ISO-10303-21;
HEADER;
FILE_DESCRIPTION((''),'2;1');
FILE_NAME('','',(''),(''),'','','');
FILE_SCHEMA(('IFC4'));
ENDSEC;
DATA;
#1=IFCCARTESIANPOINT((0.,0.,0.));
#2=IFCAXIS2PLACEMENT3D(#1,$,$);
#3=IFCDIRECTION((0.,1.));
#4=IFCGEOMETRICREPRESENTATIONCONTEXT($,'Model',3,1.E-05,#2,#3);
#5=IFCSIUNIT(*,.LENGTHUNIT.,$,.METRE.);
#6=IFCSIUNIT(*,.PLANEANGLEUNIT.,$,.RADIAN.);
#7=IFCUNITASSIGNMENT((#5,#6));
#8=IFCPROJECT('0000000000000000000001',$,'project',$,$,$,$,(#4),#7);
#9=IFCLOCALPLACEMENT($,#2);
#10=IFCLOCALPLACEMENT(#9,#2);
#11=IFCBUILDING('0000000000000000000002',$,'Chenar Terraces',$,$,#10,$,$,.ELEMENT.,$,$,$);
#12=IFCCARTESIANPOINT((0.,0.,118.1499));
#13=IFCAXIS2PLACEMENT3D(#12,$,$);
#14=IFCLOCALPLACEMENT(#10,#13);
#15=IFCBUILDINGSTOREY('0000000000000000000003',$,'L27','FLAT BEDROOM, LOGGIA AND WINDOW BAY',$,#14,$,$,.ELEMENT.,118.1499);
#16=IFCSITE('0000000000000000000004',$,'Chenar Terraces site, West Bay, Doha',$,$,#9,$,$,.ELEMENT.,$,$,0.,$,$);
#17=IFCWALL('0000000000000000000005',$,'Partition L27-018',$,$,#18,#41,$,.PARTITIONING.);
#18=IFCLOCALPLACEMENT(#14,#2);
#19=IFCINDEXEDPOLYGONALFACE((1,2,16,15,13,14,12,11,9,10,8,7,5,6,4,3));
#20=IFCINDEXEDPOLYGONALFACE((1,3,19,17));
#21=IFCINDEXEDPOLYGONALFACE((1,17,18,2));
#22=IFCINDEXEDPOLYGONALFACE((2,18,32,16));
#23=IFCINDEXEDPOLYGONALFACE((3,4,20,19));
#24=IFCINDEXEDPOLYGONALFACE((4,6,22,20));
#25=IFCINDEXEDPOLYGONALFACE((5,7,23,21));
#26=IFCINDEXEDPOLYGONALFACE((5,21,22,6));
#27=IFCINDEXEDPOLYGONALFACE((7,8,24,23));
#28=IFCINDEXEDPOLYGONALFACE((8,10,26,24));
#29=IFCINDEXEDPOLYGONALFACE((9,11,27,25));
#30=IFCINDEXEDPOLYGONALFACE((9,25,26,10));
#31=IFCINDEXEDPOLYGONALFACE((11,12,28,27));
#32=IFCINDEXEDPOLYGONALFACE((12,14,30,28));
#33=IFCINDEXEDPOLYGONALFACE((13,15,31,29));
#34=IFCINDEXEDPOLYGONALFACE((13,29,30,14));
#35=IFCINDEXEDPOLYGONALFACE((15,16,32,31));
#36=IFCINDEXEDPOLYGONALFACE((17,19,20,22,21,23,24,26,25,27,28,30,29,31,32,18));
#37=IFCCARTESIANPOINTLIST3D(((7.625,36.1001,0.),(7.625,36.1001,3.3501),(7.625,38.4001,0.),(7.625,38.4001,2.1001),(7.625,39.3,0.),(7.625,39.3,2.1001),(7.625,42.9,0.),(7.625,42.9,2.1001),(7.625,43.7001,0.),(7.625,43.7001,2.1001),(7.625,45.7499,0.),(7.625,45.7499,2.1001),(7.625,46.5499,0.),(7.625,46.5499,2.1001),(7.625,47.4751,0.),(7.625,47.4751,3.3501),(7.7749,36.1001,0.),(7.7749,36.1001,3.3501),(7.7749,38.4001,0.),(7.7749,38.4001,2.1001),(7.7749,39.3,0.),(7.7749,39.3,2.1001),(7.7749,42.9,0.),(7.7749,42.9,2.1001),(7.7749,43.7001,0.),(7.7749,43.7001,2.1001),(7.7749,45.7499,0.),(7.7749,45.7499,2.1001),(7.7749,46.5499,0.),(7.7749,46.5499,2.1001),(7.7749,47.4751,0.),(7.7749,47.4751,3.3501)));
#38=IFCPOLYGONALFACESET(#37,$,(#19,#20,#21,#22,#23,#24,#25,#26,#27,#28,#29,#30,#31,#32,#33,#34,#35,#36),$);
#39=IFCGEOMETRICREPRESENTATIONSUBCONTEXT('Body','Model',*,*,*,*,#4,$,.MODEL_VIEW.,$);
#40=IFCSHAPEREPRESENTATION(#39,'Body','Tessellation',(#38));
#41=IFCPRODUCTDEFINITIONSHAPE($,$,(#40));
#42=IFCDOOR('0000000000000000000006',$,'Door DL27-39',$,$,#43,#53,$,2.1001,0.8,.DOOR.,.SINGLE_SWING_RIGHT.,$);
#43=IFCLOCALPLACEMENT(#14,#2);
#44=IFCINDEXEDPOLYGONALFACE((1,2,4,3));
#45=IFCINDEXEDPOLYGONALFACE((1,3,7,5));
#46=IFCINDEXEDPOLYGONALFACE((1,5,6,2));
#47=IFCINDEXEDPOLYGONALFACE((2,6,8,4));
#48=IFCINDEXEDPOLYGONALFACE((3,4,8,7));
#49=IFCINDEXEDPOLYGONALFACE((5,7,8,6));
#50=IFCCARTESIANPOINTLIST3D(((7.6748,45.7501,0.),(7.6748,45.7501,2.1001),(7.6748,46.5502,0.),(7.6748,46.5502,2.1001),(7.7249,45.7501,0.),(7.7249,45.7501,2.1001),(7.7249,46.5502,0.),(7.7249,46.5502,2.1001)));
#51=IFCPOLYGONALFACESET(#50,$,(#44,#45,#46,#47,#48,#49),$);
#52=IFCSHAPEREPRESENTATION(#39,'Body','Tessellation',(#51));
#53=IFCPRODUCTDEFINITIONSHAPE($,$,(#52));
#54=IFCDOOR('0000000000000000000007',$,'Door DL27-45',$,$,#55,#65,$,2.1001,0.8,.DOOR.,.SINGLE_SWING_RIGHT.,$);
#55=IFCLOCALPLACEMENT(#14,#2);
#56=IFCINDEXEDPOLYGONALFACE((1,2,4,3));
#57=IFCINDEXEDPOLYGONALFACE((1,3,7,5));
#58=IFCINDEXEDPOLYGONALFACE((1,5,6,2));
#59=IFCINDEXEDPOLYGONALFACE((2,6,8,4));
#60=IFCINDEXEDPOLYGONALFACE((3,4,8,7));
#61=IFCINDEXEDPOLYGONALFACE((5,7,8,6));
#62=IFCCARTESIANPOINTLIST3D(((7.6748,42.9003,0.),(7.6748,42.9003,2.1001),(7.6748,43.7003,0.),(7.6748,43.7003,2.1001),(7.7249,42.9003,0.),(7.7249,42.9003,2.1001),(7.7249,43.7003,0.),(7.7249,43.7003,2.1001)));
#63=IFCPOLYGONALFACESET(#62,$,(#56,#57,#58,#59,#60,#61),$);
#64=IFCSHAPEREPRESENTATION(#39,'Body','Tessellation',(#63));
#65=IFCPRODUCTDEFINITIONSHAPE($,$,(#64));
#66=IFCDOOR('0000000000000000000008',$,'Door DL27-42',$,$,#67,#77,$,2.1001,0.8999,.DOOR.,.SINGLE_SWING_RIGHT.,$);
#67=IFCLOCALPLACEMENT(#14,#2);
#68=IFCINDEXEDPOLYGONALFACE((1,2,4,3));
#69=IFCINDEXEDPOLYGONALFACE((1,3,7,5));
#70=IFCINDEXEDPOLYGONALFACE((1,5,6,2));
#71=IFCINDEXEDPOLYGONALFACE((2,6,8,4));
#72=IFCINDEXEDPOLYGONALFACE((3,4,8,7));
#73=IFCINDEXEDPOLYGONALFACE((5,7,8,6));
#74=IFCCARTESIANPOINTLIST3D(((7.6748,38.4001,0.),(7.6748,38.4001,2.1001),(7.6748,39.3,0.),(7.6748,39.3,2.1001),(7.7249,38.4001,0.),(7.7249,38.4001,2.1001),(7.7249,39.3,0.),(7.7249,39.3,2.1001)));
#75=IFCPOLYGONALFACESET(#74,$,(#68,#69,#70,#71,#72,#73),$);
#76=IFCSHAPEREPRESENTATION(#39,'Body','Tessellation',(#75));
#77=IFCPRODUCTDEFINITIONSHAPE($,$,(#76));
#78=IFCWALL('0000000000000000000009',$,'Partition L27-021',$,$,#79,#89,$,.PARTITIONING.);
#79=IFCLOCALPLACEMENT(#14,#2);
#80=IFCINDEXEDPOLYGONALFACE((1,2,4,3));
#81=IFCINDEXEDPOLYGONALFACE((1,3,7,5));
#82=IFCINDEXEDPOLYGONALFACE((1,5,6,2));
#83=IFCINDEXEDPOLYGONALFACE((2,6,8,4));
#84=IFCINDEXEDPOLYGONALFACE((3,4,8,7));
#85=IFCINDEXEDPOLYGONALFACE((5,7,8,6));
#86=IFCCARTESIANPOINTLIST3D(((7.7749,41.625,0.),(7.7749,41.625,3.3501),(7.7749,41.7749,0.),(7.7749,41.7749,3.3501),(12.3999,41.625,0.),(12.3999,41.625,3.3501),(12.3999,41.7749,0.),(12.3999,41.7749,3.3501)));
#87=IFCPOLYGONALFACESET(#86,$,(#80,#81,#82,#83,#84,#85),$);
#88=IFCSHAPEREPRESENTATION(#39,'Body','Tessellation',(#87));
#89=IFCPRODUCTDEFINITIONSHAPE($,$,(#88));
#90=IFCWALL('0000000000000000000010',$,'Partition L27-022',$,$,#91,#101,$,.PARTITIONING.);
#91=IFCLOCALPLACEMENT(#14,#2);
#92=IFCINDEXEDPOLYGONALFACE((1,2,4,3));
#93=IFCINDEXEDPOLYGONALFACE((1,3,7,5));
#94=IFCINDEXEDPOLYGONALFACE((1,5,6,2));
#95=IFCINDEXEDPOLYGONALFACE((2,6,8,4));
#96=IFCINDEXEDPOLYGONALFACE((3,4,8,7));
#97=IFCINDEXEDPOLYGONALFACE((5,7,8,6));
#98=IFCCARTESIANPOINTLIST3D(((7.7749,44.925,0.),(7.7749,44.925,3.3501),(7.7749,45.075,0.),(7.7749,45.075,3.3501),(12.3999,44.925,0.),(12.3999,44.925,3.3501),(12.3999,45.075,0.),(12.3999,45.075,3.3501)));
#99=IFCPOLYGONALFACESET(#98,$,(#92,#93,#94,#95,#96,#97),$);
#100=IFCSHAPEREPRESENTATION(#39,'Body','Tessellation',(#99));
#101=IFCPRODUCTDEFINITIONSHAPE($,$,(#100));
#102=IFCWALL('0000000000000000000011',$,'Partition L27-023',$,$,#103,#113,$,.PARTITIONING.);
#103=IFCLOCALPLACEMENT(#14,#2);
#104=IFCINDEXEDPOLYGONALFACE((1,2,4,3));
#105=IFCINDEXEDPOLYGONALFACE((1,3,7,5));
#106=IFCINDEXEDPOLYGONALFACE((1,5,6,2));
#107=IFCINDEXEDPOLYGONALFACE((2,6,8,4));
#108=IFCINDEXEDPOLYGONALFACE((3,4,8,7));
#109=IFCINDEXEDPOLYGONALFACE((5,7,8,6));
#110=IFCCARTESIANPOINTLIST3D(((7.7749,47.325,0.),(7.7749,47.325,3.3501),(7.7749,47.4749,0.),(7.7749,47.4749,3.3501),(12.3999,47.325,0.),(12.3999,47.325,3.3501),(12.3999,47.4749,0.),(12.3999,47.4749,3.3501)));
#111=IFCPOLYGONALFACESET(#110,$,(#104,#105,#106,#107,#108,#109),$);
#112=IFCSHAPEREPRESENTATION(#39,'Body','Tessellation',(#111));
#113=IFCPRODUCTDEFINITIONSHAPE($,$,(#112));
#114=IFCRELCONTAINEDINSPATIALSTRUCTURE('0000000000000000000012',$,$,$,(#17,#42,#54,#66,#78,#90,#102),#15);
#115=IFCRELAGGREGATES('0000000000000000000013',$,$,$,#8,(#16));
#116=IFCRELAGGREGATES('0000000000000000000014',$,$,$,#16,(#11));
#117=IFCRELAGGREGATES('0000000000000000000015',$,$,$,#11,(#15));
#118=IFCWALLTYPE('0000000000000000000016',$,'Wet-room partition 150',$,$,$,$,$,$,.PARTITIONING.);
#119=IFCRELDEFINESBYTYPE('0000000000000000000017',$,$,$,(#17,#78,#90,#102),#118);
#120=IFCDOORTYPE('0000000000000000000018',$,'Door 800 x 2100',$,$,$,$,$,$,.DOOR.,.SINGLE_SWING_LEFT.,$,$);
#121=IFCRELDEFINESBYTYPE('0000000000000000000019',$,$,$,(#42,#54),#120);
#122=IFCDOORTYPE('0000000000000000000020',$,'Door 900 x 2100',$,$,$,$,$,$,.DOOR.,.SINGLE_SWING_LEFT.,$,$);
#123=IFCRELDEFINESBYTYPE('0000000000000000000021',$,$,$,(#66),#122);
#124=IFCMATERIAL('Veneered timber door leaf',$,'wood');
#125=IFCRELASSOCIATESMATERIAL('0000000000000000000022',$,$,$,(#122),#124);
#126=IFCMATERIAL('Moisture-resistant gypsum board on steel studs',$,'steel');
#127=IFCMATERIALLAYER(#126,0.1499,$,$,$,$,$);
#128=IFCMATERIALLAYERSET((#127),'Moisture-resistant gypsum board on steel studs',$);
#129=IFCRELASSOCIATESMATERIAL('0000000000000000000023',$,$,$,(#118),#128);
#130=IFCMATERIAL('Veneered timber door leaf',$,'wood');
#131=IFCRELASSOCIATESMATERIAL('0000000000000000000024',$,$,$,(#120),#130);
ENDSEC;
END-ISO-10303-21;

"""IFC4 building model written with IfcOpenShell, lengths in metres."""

from ifc_helpers import new_model, si_unit, direction, frame, frame_2d, origin, place, context, subcontext, project, spatial, rectangle, extrude, material, layer, layer_set, type_object, element, fill, save


model = new_model("IFC4")

# Units and contexts
model_context = context("Model", 3, precision=1e-05, world=origin(), true_north=direction((0.0, 1.0)))
body_context = subcontext(model_context, "Body", "Model", "MODEL_VIEW")
ifc_project = project(units=[si_unit("LENGTHUNIT", "METRE"), si_unit("PLANEANGLEUNIT", "RADIAN")], contexts=[model_context])

# Site, building, storey
site_placement = place(None, origin())
site = spatial("IfcSite", under=ifc_project, at=site_placement, Name="Chenar Terraces site, West Bay, Doha", CompositionType="ELEMENT", RefElevation=0.0)
building_placement = place(site_placement, origin())
building = spatial("IfcBuilding", under=site, at=building_placement, Name="Chenar Terraces", CompositionType="ELEMENT")
storey_placement = place(building_placement, frame((0.0, 0.0, 118.1499)))
storey = spatial("IfcBuildingStorey", under=building, at=storey_placement, Name="L27", Description="FLAT BEDROOM, LOGGIA AND WINDOW BAY", CompositionType="ELEMENT", Elevation=118.1499)

# Wall, openings, doors
ifc_material_1 = material(Name="Veneered timber door leaf", Category="wood")
door_type_1 = type_object("IfcDoorType", Name="Door 900 x 2100", OperationType="SINGLE_SWING_LEFT", PredefinedType="DOOR", material=ifc_material_1)
ifc_material_2 = material(Name="Moisture-resistant gypsum board on steel studs", Category="steel")
ifc_layer_1 = layer(ifc_material_2, 0.1499)
ifc_layer_set_1 = layer_set([ifc_layer_1], Name="Moisture-resistant gypsum board on steel studs")
wall_type_1 = type_object("IfcWallType", Name="Wet-room partition 150", PredefinedType="PARTITIONING", material=ifc_layer_set_1)
wall_1_placement = place(storey_placement, frame((7.7, 36.1001, 0.0), z_axis=(0.0, 0.0, 1.0), x_axis=(0.0, 1.0, 0.0)))
wall_1 = element("IfcWall", 1, at=wall_1_placement, inside=storey, type_object=wall_type_1, Name="Partition L27-018", PredefinedType="PARTITIONING", context=body_context, shape_type="SweptSolid", body=[
    extrude(rectangle(XDim=11.375, YDim=0.1499, at=frame_2d((5.6875, 0.0))), origin(), (0.0, 0.0, 1.0), 3.3501),
])
opening_1_placement = place(wall_1_placement, frame((9.6499, 0.0, 0.0)))
opening_1 = element("IfcOpeningElement", 2, at=opening_1_placement, cuts=wall_1, PredefinedType="OPENING", context=body_context, shape_type="SweptSolid", body=[
    extrude(rectangle(XDim=0.8, YDim=2.1001, at=frame_2d((0.3999, 1.05))), frame((0.0, 0.085, 0.0), z_axis=(0.0, -1.0, 0.0), x_axis=(1.0, 0.0, 0.0)), (0.0, 0.0, 1.0), 0.1699),
])
opening_2_placement = place(wall_1_placement, frame((2.3, 0.0, 0.0)))
opening_2 = element("IfcOpeningElement", 3, at=opening_2_placement, cuts=wall_1, PredefinedType="OPENING", context=body_context, shape_type="SweptSolid", body=[
    extrude(rectangle(XDim=0.8999, YDim=2.1001, at=frame_2d((0.45, 1.05))), frame((0.0, 0.085, 0.0), z_axis=(0.0, -1.0, 0.0), x_axis=(1.0, 0.0, 0.0)), (0.0, 0.0, 1.0), 0.1699),
])
opening_3_placement = place(wall_1_placement, frame((6.8, 0.0, 0.0)))
opening_3 = element("IfcOpeningElement", 4, at=opening_3_placement, cuts=wall_1, PredefinedType="OPENING", context=body_context, shape_type="SweptSolid", body=[
    extrude(rectangle(XDim=0.8, YDim=2.1001, at=frame_2d((0.3999, 1.05))), frame((0.0, 0.085, 0.0), z_axis=(0.0, -1.0, 0.0), x_axis=(1.0, 0.0, 0.0)), (0.0, 0.0, 1.0), 0.1699),
])
ifc_material_3 = material(Name="Veneered timber door leaf", Category="wood")
door_type_2 = type_object("IfcDoorType", Name="Door 800 x 2100", OperationType="SINGLE_SWING_LEFT", PredefinedType="DOOR", material=ifc_material_3)
door_1_placement = place(opening_1_placement, frame((0.8, 0.0, 0.0), z_axis=(0.0, 0.0, 1.0), x_axis=(-1.0, 0.0, 0.0)))
door_1 = element("IfcDoor", 5, at=door_1_placement, inside=storey, type_object=door_type_2, Name="Door DL27-39", OperationType="SINGLE_SWING_RIGHT", OverallHeight=2.1001, OverallWidth=0.8, PredefinedType="DOOR", context=body_context, shape_type="SweptSolid", body=[
    extrude(rectangle(XDim=0.8, YDim=2.1001, at=frame_2d((0.3999, 1.05))), frame((0.0, 0.0249, 0.0), z_axis=(0.0, -1.0, 0.0), x_axis=(1.0, 0.0, 0.0)), (0.0, 0.0, 1.0), 0.05),
])
fill(opening_1, door_1)
door_2_placement = place(opening_3_placement, frame((0.8, 0.0, 0.0), z_axis=(0.0, 0.0, 1.0), x_axis=(-1.0, 0.0, 0.0)))
door_2 = element("IfcDoor", 6, at=door_2_placement, inside=storey, type_object=door_type_2, Name="Door DL27-45", OperationType="SINGLE_SWING_RIGHT", OverallHeight=2.1001, OverallWidth=0.8, PredefinedType="DOOR", context=body_context, shape_type="SweptSolid", body=[
    extrude(rectangle(XDim=0.8, YDim=2.1001, at=frame_2d((0.3999, 1.05))), frame((0.0, 0.0249, 0.0), z_axis=(0.0, -1.0, 0.0), x_axis=(1.0, 0.0, 0.0)), (0.0, 0.0, 1.0), 0.05),
])
fill(opening_3, door_2)
door_3_placement = place(opening_2_placement, frame((0.8999, 0.0, 0.0), z_axis=(0.0, 0.0, 1.0), x_axis=(-1.0, 0.0, 0.0)))
door_3 = element("IfcDoor", 7, at=door_3_placement, inside=storey, type_object=door_type_1, Name="Door DL27-42", OperationType="SINGLE_SWING_RIGHT", OverallHeight=2.1001, OverallWidth=0.8999, PredefinedType="DOOR", context=body_context, shape_type="SweptSolid", body=[
    extrude(rectangle(XDim=0.8999, YDim=2.1001, at=frame_2d((0.45, 1.05))), frame((0.0, 0.0249, 0.0), z_axis=(0.0, -1.0, 0.0), x_axis=(1.0, 0.0, 0.0)), (0.0, 0.0, 1.0), 0.05),
])
fill(opening_2, door_3)

# Walls
for number, where, z_axis, x_axis, name in (
    (8, (7.7749, 41.7, 0.0), (0.0, 0.0, 1.0), (1.0, 0.0, 0.0), "Partition L27-021"),
    (9, (7.7749, 45.0, 0.0), (0.0, 0.0, 1.0), (1.0, 0.0, 0.0), "Partition L27-022"),
    (10, (7.7749, 47.3999, 0.0), (0.0, 0.0, 1.0), (1.0, 0.0, 0.0), "Partition L27-023"),
):
    element("IfcWall", number, at=place(storey_placement, frame(where, z_axis=z_axis, x_axis=x_axis)), inside=storey, type_object=wall_type_1, Name=name, PredefinedType="PARTITIONING", context=body_context, shape_type="SweptSolid", body=[
        extrude(rectangle(XDim=4.625, YDim=0.1499, at=frame_2d((2.3125, 0.0))), origin(), (0.0, 0.0, 1.0), 3.3501),
    ])

save(model, "model.ifc")
